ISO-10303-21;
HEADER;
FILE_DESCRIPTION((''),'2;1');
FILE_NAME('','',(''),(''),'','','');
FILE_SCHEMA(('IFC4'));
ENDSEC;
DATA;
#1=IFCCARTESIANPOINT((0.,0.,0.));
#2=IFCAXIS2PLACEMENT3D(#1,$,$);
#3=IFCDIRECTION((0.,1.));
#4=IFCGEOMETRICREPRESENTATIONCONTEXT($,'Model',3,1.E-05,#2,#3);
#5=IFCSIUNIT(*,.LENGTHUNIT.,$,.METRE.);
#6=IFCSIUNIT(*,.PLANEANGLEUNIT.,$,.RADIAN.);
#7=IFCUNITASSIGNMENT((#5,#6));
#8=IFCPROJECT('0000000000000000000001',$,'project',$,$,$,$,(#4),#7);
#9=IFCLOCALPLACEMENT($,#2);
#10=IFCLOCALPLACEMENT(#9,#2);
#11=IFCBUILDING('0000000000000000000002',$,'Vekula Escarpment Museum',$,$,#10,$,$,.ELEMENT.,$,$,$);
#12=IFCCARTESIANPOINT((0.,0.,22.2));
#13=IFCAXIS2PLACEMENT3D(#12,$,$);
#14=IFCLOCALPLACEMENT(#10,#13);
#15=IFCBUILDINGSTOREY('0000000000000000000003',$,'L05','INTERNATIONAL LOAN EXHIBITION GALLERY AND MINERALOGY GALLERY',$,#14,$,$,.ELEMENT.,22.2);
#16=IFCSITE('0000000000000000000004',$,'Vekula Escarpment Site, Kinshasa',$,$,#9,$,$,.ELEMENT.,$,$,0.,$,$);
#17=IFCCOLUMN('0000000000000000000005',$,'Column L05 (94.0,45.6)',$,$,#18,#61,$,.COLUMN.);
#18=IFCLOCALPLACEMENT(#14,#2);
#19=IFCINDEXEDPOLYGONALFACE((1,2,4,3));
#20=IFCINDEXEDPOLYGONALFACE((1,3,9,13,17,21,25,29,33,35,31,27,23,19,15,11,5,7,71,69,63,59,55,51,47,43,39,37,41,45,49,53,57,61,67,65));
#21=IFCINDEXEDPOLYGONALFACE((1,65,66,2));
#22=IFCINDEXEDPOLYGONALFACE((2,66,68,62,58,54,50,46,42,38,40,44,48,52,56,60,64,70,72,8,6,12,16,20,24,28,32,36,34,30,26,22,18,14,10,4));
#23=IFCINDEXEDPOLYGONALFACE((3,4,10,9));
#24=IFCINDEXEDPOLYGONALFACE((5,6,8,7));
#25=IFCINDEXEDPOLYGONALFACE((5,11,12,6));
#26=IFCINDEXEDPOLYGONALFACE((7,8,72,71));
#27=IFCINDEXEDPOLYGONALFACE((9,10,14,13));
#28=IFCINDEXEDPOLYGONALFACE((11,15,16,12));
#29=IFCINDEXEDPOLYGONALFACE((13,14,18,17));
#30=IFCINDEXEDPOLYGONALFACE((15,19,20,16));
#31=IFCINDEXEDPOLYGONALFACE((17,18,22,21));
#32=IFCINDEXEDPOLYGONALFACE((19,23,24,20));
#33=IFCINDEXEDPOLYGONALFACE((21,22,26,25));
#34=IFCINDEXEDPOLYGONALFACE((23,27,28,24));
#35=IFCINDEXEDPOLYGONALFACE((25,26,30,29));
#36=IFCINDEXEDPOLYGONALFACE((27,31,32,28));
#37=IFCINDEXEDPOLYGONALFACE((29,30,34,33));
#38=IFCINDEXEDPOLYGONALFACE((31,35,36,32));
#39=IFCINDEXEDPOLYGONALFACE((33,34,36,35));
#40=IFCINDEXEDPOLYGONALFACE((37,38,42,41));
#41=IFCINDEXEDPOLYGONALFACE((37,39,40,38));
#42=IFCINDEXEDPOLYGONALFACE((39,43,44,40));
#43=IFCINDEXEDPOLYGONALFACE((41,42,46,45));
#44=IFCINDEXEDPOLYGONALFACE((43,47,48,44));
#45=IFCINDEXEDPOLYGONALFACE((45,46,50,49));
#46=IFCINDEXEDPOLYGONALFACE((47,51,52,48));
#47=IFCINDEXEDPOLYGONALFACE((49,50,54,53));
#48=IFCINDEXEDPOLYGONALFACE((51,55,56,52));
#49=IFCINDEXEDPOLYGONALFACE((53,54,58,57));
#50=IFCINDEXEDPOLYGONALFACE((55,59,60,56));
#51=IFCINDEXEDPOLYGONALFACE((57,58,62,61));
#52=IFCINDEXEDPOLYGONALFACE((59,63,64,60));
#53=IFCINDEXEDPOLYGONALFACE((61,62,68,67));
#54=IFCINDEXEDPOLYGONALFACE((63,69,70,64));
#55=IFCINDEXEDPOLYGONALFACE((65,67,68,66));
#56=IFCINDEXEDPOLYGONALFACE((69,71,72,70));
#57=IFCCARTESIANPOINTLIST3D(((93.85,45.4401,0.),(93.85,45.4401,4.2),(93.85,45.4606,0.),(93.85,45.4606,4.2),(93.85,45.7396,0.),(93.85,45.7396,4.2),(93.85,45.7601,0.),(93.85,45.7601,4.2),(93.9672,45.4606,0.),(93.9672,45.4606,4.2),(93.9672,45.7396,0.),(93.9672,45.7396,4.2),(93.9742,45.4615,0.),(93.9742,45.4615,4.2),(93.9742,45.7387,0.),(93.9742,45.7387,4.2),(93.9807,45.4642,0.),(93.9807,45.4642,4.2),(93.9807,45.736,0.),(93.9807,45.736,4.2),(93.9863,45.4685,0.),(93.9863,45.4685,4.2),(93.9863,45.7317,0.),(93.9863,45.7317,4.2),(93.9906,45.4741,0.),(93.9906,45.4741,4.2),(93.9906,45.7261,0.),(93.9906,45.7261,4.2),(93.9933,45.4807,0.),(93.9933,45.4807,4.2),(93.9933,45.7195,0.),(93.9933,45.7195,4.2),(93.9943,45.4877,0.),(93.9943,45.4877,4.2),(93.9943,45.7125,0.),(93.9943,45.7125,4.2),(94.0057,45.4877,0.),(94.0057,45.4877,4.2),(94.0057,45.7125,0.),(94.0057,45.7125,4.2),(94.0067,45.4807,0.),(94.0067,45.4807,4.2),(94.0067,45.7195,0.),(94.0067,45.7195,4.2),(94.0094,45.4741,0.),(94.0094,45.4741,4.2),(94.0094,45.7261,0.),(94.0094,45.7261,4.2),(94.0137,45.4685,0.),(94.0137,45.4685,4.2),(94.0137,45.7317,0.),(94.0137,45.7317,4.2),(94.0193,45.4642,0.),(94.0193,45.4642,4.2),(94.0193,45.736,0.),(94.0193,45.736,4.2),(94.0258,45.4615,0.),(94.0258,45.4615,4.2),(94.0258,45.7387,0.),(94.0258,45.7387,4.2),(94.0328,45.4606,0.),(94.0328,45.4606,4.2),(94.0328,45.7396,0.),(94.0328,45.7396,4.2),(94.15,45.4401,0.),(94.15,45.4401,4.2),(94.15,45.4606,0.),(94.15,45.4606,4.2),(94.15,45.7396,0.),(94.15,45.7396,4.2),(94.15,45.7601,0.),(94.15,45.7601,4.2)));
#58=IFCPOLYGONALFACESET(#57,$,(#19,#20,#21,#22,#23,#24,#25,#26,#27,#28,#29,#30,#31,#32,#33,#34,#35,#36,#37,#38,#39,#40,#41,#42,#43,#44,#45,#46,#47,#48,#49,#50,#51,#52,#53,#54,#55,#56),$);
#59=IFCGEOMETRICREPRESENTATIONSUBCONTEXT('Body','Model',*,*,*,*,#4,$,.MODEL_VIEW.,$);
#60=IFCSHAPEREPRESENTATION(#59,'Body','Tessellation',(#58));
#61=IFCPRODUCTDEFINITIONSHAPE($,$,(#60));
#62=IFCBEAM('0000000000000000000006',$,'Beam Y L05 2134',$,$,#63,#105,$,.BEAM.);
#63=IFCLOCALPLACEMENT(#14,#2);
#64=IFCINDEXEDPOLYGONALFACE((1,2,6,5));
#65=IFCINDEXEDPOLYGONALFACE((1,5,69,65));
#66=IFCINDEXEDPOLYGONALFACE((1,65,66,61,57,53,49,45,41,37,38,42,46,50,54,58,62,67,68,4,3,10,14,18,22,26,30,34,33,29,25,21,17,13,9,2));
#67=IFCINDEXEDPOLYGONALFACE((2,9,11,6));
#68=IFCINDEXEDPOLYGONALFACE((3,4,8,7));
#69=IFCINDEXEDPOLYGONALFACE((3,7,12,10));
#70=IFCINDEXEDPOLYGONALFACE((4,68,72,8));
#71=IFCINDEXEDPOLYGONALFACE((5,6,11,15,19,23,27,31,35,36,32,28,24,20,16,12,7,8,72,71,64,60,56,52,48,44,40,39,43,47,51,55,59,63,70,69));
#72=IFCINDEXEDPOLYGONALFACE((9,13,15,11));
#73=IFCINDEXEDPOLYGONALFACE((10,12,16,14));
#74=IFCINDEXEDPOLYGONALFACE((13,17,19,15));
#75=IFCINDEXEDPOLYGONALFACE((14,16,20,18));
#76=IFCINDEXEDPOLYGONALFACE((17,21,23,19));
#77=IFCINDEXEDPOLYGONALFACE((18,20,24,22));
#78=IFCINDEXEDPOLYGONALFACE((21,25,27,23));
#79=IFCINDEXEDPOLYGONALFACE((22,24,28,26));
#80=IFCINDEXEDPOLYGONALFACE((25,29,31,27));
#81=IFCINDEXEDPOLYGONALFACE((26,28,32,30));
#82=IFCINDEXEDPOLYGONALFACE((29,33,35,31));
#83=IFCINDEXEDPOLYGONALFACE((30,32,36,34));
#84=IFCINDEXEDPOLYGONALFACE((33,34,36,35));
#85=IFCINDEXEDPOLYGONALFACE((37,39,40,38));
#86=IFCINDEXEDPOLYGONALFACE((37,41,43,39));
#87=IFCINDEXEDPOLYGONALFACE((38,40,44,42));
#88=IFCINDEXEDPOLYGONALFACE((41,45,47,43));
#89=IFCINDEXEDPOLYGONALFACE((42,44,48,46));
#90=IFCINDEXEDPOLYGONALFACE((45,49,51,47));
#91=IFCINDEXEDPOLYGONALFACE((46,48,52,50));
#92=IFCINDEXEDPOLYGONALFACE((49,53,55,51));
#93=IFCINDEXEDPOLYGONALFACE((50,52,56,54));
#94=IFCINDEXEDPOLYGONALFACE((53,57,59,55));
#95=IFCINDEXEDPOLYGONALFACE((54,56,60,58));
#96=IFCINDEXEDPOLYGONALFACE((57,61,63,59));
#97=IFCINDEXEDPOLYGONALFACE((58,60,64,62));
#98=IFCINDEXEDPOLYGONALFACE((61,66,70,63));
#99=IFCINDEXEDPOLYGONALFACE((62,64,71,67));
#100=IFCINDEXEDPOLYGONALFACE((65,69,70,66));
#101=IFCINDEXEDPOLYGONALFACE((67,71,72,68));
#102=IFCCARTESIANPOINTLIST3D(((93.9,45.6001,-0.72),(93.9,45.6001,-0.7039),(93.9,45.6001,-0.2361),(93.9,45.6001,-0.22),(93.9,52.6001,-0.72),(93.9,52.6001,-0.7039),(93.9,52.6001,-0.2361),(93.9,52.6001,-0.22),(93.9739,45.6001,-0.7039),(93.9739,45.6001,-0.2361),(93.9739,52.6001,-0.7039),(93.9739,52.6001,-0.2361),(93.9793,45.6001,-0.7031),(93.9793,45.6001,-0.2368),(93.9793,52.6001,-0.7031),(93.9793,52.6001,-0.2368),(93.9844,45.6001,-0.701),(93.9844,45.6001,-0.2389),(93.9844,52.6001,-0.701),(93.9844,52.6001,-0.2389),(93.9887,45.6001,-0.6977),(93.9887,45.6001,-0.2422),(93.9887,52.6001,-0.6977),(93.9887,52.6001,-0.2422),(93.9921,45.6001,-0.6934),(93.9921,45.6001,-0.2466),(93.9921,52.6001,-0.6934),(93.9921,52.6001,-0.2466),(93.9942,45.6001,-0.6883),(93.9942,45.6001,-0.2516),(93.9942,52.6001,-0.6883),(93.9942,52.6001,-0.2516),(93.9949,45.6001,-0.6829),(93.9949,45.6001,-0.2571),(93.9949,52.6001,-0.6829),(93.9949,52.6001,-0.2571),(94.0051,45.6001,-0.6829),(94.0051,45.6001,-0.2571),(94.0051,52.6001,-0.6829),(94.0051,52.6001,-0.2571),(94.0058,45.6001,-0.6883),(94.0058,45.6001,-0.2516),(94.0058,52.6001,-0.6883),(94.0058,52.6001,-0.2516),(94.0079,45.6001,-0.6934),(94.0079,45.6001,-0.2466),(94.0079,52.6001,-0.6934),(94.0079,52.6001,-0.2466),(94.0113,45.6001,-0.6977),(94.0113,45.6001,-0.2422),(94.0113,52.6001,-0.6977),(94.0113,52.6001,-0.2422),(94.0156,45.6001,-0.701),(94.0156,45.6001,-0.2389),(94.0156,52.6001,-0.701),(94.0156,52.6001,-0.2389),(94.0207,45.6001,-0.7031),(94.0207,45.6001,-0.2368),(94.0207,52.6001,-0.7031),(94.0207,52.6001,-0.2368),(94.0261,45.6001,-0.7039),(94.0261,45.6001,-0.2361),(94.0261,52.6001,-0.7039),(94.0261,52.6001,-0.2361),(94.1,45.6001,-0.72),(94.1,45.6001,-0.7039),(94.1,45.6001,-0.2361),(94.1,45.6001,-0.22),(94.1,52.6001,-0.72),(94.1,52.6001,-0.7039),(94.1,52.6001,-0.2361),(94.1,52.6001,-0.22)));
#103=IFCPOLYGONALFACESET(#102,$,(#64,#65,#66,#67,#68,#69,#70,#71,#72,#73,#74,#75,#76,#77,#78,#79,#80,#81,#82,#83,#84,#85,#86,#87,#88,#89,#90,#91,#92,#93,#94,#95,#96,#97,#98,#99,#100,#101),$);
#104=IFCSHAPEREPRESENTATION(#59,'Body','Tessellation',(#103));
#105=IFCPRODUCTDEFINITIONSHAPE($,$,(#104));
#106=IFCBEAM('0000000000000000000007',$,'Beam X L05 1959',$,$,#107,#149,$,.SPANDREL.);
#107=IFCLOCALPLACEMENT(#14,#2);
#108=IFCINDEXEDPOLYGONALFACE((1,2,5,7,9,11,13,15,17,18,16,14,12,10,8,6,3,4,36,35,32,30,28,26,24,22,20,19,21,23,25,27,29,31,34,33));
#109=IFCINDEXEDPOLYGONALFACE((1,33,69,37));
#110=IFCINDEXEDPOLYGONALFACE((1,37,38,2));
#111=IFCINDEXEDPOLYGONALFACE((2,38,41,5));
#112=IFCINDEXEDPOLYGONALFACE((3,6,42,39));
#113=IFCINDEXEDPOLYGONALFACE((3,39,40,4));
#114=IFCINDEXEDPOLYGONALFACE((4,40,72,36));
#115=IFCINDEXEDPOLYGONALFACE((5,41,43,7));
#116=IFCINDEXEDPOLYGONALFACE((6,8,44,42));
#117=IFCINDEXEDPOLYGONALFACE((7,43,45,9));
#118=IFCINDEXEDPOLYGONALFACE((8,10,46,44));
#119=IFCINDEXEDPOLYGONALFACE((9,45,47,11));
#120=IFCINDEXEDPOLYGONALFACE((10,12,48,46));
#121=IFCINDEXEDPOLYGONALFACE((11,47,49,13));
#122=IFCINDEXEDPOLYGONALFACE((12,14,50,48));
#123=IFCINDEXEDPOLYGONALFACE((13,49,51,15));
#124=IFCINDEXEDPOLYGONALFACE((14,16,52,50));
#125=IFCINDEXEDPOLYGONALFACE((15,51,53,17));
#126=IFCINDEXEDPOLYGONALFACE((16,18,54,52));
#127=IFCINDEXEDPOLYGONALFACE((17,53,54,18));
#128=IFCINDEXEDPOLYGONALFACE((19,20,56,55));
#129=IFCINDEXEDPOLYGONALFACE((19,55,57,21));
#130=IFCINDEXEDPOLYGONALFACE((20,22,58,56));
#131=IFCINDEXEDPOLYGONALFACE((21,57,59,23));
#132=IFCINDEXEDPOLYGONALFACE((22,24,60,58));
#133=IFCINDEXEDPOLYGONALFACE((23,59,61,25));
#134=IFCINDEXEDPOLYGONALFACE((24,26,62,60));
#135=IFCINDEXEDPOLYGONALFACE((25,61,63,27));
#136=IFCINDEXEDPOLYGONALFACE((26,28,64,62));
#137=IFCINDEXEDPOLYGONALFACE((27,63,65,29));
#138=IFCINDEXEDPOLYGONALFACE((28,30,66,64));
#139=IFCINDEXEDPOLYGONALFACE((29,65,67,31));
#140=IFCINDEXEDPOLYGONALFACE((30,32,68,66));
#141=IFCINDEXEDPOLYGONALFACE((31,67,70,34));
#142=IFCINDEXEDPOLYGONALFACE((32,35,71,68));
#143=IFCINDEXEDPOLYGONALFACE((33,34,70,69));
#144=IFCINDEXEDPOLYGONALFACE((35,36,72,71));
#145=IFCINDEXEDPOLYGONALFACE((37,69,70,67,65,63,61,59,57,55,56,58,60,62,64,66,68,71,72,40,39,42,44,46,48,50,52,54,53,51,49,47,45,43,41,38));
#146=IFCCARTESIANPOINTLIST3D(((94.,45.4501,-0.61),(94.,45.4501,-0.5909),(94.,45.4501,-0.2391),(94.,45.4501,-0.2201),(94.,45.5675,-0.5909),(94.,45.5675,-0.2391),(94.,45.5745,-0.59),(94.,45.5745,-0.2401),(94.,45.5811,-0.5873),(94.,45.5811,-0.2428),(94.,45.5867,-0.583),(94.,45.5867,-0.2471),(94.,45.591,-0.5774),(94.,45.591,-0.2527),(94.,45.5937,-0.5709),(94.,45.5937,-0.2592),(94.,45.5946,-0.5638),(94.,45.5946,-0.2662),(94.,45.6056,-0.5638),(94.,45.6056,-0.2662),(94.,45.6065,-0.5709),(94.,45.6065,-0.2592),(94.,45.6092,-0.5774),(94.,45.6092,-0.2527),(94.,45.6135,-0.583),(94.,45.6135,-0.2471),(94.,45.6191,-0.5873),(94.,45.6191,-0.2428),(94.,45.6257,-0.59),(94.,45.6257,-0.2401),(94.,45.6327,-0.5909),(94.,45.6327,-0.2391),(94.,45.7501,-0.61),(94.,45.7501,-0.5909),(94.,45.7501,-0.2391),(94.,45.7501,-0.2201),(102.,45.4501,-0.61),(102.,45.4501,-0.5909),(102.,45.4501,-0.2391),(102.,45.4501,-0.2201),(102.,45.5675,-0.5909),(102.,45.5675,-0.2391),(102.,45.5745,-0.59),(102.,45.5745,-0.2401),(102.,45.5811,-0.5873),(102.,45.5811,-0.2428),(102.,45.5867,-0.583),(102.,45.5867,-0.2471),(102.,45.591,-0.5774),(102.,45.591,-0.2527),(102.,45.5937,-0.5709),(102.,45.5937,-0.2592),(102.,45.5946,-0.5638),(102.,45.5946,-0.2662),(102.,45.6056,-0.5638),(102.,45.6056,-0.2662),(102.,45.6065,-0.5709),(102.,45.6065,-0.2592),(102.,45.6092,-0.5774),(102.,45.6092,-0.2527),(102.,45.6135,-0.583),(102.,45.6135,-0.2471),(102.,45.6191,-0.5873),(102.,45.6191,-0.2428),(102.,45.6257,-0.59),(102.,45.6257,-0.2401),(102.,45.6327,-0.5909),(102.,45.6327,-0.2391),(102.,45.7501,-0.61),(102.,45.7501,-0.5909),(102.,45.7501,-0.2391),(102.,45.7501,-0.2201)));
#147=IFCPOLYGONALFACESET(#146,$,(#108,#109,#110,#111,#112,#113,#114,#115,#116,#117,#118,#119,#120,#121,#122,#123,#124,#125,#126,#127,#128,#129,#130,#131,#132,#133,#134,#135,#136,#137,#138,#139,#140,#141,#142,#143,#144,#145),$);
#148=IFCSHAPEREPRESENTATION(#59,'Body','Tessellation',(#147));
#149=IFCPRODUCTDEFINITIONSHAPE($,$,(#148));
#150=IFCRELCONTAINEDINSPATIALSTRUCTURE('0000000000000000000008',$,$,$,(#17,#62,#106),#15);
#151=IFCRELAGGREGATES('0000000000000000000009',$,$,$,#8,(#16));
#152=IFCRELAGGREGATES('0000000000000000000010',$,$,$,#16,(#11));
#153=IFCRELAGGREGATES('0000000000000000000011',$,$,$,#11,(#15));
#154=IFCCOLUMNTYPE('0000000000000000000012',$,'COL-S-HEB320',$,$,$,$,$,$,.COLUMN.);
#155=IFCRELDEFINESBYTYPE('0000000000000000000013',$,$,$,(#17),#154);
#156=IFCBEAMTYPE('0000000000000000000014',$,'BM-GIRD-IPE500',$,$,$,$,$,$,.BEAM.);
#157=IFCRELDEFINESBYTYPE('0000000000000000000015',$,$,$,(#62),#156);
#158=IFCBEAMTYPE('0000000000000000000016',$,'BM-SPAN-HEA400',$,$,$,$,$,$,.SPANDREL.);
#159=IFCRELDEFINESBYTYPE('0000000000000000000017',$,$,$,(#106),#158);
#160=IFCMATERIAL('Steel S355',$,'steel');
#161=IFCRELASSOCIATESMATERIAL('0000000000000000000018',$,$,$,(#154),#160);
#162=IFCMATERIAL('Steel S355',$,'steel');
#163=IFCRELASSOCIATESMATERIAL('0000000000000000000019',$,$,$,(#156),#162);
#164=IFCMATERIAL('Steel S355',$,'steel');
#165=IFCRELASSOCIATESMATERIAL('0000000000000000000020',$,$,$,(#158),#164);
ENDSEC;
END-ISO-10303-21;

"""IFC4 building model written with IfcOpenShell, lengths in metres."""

from ifc_helpers import new_model, si_unit, direction, frame, origin, origin_2d, place, context, subcontext, project, spatial, i_section, extrude, material, material_profile, profile_set, type_object, element, save


model = new_model("IFC4")

# Units and contexts
model_context = context("Model", 3, precision=1e-05, world=origin(), true_north=direction((0.0, 1.0)))
body_context = subcontext(model_context, "Body", "Model", "MODEL_VIEW")
ifc_project = project(units=[si_unit("LENGTHUNIT", "METRE"), si_unit("PLANEANGLEUNIT", "RADIAN")], contexts=[model_context])

# Site, building, storey
site_placement = place(None, origin())
site = spatial("IfcSite", under=ifc_project, at=site_placement, Name="Vekula Escarpment Site, Kinshasa", CompositionType="ELEMENT", RefElevation=0.0)
building_placement = place(site_placement, origin())
building = spatial("IfcBuilding", under=site, at=building_placement, Name="Vekula Escarpment Museum", CompositionType="ELEMENT")
storey_placement = place(building_placement, frame((0.0, 0.0, 22.2)))
storey = spatial("IfcBuildingStorey", under=building, at=storey_placement, Name="L05", Description="INTERNATIONAL LOAN EXHIBITION GALLERY AND MINERALOGY GALLERY", CompositionType="ELEMENT", Elevation=22.2)

# Column
ifc_material_1 = material(Name="Steel S355", Category="steel")
ifc_material_profile_1 = material_profile(ifc_material_1, i_section(OverallWidth=0.3, OverallDepth=0.3201, WebThickness=0.0115, FlangeThickness=0.0205, FilletRadius=0.0271, at=origin_2d()), Name="HEB 320")
ifc_profile_set_1 = profile_set([ifc_material_profile_1], Name="Steel S355")
column_type = type_object("IfcColumnType", Name="COL-S-HEB320", PredefinedType="COLUMN", material=ifc_profile_set_1)
column_placement = place(storey_placement, frame((94.0, 45.6001, 0.0), z_axis=(0.0, 0.0, 1.0), x_axis=(1.0, 0.0, 0.0)))
element("IfcColumn", 1, at=column_placement, inside=storey, type_object=column_type, Name="Column L05 (94.0,45.6)", PredefinedType="COLUMN", context=body_context, shape_type="SweptSolid", body=[
    extrude(i_section(OverallWidth=0.3, OverallDepth=0.3201, WebThickness=0.0115, FlangeThickness=0.0205, FilletRadius=0.0271, at=origin_2d()), origin(), (0.0, 0.0, 1.0), 4.2),
])

# Beams
ifc_material_2 = material(Name="Steel S355", Category="steel")
ifc_material_profile_2 = material_profile(ifc_material_2, i_section(OverallWidth=0.2, OverallDepth=0.5, WebThickness=0.0103, FlangeThickness=0.0161, FilletRadius=0.021, at=origin_2d()), Name="IPE 500")
ifc_profile_set_2 = profile_set([ifc_material_profile_2], Name="Steel S355")
beam_type_1 = type_object("IfcBeamType", Name="BM-GIRD-IPE500", PredefinedType="BEAM", material=ifc_profile_set_2)
beam_1_placement = place(storey_placement, frame((94.0, 45.6001, -0.47), z_axis=(0.0, 1.0, 0.0), x_axis=(-1.0, 0.0, 0.0)))
element("IfcBeam", 2, at=beam_1_placement, inside=storey, type_object=beam_type_1, Name="Beam Y L05 2134", PredefinedType="BEAM", context=body_context, shape_type="SweptSolid", body=[
    extrude(i_section(OverallWidth=0.2, OverallDepth=0.5, WebThickness=0.0103, FlangeThickness=0.0161, FilletRadius=0.021, at=origin_2d()), origin(), (0.0, 0.0, 1.0), 7.0),
])
ifc_material_3 = material(Name="Steel S355", Category="steel")
ifc_material_profile_3 = material_profile(ifc_material_3, i_section(OverallWidth=0.3, OverallDepth=0.3899, WebThickness=0.011, FlangeThickness=0.019, FilletRadius=0.0271, at=origin_2d()), Name="HEA 400")
ifc_profile_set_3 = profile_set([ifc_material_profile_3], Name="Steel S355")
beam_type_2 = type_object("IfcBeamType", Name="BM-SPAN-HEA400", PredefinedType="SPANDREL", material=ifc_profile_set_3)
beam_2_placement = place(storey_placement, frame((94.0, 45.6001, -0.415), z_axis=(1.0, 0.0, 0.0), x_axis=(0.0, 1.0, 0.0)))
element("IfcBeam", 3, at=beam_2_placement, inside=storey, type_object=beam_type_2, Name="Beam X L05 1959", PredefinedType="SPANDREL", context=body_context, shape_type="SweptSolid", body=[
    extrude(i_section(OverallWidth=0.3, OverallDepth=0.3899, WebThickness=0.011, FlangeThickness=0.019, FilletRadius=0.0271, at=origin_2d()), origin(), (0.0, 0.0, 1.0), 8.0),
])

save(model, "model.ifc")
